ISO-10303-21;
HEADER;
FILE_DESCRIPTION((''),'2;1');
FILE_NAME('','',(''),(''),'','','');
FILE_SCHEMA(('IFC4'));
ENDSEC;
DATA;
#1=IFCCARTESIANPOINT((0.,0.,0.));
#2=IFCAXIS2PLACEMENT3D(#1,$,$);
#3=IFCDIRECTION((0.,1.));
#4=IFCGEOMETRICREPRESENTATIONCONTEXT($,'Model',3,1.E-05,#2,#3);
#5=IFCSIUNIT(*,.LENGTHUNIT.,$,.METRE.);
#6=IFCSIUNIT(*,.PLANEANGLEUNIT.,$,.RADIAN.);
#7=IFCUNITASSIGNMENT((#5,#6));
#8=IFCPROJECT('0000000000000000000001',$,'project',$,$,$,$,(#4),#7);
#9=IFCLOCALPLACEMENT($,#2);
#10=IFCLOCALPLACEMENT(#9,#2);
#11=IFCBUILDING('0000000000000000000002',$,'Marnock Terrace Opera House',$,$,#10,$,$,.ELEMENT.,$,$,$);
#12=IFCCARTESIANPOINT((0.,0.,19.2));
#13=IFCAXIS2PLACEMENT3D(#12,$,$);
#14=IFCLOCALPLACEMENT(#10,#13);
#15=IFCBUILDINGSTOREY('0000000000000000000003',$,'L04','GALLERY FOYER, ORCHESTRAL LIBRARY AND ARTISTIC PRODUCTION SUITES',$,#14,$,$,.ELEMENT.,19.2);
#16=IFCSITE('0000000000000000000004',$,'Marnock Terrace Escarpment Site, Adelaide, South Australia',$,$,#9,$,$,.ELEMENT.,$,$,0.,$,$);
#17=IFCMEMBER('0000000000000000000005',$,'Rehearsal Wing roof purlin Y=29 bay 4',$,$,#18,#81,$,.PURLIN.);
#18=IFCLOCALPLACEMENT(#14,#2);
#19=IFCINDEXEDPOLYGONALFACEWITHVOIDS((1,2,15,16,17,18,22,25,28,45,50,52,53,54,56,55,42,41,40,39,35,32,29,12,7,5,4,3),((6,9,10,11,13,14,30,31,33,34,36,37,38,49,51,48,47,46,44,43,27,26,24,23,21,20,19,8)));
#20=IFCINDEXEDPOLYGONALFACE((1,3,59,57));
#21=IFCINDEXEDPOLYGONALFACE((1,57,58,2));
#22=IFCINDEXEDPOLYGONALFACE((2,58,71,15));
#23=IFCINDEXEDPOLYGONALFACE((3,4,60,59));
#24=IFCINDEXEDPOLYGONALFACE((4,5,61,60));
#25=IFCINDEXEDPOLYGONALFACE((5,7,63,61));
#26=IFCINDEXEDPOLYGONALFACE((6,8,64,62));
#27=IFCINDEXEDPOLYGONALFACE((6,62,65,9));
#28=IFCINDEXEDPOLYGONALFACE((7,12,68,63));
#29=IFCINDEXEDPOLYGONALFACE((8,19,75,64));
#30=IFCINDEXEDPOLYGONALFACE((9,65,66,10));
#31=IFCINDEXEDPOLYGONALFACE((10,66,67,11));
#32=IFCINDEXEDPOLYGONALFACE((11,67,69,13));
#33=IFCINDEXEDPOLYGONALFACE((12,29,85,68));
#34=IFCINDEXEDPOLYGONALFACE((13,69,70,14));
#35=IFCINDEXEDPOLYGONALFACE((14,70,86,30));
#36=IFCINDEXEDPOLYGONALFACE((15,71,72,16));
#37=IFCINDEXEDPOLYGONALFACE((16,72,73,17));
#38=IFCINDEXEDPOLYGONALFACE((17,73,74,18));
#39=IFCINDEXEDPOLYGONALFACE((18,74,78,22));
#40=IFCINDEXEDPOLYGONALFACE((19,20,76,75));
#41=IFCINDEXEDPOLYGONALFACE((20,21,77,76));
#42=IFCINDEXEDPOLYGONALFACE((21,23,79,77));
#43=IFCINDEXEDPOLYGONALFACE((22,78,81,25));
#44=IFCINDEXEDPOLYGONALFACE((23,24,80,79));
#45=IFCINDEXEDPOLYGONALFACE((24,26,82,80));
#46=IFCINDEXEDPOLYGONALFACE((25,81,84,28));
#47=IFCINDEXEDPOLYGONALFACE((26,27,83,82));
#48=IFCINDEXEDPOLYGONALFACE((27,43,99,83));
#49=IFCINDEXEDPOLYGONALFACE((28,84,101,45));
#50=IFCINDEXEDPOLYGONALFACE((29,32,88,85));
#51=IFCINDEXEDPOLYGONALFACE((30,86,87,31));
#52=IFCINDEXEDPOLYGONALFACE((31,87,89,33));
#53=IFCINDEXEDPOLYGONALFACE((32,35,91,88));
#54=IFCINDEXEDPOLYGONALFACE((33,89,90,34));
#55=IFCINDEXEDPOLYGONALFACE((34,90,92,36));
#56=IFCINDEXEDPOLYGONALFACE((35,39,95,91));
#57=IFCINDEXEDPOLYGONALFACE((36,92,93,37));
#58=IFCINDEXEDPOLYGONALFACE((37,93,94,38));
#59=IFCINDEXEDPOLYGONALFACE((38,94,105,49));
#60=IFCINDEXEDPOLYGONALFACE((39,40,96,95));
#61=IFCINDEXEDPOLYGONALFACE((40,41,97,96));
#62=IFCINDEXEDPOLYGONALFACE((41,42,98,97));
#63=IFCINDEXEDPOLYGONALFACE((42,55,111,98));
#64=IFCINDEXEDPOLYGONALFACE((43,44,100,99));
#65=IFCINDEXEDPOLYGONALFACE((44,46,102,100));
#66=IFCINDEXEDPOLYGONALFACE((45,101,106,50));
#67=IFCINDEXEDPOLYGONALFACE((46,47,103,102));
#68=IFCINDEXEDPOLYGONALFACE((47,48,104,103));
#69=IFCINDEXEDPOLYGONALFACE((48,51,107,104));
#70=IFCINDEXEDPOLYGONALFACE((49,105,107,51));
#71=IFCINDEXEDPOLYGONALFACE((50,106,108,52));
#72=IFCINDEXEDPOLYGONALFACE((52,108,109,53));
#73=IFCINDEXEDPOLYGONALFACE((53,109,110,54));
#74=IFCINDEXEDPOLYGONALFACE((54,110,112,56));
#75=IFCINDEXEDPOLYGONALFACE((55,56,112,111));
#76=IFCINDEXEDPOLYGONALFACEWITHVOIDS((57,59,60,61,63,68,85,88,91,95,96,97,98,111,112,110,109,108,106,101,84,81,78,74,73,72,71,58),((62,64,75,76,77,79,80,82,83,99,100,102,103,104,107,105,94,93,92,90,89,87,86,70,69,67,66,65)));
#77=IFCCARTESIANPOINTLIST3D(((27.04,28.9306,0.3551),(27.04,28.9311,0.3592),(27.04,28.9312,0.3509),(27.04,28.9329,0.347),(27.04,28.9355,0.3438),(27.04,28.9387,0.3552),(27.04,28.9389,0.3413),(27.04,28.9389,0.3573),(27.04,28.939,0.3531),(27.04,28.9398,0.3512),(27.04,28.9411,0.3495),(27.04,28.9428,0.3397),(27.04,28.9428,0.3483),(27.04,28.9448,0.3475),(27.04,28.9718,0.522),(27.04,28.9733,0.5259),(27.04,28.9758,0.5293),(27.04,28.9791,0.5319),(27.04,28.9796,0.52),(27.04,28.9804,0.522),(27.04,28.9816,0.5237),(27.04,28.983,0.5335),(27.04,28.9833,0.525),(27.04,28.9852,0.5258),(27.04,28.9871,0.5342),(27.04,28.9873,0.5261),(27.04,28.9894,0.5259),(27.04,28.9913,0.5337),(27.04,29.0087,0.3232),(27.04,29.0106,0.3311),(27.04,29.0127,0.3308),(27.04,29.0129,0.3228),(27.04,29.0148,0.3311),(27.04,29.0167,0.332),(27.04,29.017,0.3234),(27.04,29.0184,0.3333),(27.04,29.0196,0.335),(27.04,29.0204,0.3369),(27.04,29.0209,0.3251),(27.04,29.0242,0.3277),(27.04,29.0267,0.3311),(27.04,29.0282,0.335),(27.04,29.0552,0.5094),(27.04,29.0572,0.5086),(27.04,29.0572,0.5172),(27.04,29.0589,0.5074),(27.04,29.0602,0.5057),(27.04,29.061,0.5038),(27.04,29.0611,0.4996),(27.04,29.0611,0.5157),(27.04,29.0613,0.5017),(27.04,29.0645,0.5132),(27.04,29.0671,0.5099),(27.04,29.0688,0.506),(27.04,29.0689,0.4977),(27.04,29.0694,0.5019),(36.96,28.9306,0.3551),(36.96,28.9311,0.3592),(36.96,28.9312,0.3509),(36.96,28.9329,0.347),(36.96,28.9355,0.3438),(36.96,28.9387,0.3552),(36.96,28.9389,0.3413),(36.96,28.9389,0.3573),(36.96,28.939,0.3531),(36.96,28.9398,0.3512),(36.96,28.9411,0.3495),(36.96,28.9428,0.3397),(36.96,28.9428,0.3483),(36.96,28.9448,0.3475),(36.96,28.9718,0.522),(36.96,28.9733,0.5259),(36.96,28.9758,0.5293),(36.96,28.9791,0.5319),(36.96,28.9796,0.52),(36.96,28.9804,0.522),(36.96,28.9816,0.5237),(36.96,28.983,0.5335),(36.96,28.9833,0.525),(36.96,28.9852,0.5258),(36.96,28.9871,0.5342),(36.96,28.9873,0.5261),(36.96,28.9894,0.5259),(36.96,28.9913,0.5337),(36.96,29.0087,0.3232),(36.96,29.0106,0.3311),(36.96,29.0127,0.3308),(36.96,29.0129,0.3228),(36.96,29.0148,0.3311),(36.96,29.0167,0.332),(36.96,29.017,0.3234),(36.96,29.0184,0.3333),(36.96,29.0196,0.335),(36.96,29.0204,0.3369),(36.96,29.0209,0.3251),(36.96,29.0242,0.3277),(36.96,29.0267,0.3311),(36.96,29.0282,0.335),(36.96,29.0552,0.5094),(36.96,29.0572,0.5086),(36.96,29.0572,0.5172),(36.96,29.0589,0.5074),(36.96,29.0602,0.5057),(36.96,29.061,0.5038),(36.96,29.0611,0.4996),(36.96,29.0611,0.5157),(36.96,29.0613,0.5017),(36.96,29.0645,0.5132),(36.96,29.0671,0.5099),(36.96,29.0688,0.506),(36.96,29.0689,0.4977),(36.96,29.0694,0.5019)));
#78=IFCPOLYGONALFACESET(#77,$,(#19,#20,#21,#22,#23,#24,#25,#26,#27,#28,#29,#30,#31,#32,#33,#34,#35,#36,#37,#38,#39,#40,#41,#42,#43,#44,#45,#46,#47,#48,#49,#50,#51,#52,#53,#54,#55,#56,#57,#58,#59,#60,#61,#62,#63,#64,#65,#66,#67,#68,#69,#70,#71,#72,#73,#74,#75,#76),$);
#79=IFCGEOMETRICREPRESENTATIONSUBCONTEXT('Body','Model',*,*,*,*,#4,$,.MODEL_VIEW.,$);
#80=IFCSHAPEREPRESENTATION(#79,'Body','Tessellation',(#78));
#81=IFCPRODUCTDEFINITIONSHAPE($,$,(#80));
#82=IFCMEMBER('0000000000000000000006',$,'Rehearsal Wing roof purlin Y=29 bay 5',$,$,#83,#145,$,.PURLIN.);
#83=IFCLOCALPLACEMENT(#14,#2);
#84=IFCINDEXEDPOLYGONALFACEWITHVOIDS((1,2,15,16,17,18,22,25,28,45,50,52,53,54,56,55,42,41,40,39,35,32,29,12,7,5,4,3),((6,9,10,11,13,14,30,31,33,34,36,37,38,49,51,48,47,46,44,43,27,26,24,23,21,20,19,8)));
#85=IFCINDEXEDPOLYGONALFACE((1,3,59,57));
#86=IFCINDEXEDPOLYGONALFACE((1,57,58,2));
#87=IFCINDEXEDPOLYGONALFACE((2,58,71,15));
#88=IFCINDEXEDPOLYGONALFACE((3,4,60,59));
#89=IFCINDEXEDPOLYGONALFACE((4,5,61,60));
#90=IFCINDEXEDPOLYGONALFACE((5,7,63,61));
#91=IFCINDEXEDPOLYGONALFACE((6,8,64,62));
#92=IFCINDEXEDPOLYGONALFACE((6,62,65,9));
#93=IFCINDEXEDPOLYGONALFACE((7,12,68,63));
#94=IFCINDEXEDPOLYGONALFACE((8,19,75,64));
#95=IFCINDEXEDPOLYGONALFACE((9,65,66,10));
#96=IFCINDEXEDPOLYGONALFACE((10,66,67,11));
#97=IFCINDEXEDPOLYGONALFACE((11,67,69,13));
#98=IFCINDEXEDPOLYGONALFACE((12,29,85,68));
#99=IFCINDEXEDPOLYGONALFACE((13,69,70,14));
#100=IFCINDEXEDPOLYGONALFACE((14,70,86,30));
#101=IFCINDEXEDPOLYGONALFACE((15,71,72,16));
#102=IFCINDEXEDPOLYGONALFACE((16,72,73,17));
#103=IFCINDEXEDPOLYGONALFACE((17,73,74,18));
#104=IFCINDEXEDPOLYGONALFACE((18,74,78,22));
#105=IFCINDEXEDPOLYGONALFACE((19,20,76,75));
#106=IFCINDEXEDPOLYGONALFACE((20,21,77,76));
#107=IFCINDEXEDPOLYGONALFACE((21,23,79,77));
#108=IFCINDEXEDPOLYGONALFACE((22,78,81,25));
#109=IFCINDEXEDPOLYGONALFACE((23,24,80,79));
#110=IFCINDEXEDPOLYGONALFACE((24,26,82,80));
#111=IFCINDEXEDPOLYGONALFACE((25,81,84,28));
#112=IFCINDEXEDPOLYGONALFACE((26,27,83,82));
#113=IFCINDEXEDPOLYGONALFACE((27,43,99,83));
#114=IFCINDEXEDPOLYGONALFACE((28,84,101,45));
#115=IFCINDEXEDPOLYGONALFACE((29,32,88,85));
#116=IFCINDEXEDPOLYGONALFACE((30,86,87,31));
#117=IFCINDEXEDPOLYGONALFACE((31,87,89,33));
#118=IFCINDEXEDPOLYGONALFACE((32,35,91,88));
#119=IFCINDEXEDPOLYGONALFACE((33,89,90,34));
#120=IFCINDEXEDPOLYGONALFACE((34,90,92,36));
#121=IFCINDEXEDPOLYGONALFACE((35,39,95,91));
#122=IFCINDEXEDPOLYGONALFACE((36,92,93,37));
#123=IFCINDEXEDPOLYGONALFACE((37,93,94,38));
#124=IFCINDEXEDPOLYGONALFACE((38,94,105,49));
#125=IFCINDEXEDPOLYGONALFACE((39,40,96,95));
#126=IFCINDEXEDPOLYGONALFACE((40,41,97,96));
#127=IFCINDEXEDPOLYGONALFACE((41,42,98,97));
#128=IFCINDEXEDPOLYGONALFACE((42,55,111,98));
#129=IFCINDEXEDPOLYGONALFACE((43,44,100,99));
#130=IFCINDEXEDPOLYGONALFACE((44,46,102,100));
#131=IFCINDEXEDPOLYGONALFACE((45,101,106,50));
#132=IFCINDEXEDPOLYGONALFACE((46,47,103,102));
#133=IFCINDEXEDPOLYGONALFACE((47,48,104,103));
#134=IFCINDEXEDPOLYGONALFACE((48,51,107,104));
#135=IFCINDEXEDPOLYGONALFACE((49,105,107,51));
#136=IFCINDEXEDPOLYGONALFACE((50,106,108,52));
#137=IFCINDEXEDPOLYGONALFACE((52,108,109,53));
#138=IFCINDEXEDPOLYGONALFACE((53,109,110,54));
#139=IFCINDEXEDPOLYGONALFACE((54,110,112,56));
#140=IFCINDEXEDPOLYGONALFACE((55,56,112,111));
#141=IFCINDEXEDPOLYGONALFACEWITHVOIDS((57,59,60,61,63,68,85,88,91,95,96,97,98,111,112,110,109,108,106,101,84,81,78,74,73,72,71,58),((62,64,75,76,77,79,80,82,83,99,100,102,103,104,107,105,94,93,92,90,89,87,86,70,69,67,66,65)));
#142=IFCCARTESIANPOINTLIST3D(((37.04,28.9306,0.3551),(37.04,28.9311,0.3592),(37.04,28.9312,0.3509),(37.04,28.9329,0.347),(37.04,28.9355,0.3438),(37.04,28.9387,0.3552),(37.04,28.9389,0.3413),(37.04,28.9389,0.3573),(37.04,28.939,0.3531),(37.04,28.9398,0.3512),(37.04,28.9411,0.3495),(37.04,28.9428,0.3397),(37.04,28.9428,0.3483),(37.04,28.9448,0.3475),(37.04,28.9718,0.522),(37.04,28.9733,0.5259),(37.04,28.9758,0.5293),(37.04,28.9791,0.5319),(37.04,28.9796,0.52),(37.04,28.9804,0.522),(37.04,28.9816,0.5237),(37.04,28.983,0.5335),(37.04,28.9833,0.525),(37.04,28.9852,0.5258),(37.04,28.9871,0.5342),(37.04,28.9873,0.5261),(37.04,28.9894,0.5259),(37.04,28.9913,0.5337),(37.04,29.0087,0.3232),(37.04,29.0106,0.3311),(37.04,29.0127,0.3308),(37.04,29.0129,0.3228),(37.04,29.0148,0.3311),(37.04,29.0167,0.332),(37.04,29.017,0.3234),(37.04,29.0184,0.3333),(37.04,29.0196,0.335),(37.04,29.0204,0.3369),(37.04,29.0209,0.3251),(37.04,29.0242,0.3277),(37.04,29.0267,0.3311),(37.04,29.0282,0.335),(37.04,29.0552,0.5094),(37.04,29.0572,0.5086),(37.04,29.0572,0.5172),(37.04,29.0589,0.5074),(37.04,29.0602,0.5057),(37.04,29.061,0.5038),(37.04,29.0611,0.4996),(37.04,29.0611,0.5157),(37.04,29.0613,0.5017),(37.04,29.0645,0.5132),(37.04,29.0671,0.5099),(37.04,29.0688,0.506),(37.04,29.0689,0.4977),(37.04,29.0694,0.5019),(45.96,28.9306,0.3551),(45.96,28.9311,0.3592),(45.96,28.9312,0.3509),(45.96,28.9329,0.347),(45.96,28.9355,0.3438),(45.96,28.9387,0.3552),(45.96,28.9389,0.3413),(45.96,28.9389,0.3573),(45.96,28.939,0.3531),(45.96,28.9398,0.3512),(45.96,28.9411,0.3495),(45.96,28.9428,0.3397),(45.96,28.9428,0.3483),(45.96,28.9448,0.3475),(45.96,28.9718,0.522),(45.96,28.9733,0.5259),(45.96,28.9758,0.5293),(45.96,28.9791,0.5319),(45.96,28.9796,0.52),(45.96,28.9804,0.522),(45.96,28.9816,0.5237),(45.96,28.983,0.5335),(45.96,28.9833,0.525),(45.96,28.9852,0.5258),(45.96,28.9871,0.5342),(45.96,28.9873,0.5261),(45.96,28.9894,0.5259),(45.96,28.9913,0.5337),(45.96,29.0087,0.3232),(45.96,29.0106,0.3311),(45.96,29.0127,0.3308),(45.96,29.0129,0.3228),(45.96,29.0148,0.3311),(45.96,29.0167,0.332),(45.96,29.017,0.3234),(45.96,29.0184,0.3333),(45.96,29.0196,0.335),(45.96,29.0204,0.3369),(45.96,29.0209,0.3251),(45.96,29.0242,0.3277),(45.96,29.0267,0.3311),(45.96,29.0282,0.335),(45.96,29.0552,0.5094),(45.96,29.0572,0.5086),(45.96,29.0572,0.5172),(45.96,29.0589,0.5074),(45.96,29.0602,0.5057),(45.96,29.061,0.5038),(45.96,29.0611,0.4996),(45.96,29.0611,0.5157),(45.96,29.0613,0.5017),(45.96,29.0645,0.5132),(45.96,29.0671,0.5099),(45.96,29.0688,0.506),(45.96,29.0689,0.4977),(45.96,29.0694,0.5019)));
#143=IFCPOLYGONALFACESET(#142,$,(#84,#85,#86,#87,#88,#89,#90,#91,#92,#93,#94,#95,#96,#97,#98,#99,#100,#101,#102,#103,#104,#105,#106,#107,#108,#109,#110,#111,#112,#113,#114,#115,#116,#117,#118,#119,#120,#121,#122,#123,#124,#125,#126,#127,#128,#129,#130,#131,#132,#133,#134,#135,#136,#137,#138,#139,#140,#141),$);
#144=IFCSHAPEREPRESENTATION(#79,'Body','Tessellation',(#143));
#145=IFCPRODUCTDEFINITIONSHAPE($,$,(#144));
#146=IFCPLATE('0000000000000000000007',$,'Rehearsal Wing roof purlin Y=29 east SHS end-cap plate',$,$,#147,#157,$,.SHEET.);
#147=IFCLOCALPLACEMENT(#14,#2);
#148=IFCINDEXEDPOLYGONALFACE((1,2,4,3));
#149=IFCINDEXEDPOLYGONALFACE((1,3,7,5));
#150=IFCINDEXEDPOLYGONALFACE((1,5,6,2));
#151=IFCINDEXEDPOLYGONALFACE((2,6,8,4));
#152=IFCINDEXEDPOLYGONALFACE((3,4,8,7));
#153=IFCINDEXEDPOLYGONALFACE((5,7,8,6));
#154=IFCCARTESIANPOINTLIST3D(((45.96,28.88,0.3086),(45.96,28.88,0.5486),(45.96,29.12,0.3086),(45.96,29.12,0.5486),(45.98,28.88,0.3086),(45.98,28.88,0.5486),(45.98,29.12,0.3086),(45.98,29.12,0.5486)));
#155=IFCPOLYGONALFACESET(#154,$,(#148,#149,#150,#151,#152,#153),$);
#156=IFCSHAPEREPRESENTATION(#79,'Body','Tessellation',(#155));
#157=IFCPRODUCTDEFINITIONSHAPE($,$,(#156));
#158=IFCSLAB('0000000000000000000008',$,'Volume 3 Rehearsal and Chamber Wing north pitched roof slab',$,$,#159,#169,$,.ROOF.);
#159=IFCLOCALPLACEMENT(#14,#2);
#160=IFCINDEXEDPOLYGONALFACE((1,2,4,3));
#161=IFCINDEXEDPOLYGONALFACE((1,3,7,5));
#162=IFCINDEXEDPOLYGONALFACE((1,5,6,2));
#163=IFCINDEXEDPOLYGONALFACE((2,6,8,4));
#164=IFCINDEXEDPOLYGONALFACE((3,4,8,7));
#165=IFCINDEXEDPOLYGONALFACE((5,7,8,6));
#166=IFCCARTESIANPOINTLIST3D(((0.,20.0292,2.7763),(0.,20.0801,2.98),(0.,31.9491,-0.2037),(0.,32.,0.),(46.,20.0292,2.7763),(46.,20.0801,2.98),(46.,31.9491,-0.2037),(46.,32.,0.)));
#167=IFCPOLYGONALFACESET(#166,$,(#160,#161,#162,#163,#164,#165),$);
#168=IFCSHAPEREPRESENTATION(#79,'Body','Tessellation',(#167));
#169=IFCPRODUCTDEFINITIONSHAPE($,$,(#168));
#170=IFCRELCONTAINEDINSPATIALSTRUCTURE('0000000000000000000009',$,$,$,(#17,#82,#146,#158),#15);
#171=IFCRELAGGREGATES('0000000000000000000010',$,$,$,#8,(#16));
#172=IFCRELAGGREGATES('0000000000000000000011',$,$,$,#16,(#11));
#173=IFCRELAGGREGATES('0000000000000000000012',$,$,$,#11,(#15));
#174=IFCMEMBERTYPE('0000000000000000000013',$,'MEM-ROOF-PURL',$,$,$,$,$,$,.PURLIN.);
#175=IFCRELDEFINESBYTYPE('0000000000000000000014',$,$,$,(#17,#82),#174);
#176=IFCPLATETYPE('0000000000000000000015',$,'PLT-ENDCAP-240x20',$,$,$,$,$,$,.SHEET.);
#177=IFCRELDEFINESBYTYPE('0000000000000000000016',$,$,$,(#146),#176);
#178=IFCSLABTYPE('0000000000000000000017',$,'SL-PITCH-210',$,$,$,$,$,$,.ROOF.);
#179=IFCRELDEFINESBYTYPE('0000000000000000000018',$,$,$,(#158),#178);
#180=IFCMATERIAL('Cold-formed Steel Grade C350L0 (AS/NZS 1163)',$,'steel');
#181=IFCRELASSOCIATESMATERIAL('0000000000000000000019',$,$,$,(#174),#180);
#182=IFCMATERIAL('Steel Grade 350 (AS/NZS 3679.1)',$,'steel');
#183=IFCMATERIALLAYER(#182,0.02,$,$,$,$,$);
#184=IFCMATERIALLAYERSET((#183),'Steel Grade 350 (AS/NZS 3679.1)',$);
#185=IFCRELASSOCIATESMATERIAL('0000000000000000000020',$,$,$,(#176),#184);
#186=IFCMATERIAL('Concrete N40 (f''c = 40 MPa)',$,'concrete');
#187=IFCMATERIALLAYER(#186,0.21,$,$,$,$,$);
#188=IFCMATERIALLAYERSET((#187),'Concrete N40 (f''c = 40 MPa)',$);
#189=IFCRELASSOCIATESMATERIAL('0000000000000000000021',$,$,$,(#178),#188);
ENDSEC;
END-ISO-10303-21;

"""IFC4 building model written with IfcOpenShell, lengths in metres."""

from ifc_helpers import new_model, si_unit, direction, frame, origin, origin_2d, place, context, subcontext, project, spatial, polyline, rectangle, hollow_rectangle, outline, extrude, material, layer, layer_set, material_profile, profile_set, type_object, element, save


model = new_model("IFC4")

# Units and contexts
model_context = context("Model", 3, precision=1e-05, world=origin(), true_north=direction((0.0, 1.0)))
body_context = subcontext(model_context, "Body", "Model", "MODEL_VIEW")
ifc_project = project(units=[si_unit("LENGTHUNIT", "METRE"), si_unit("PLANEANGLEUNIT", "RADIAN")], contexts=[model_context])

# Site, building, storey
site_placement = place(None, origin())
site = spatial("IfcSite", under=ifc_project, at=site_placement, Name="Marnock Terrace Escarpment Site, Adelaide, South Australia", CompositionType="ELEMENT", RefElevation=0.0)
building_placement = place(site_placement, origin())
building = spatial("IfcBuilding", under=site, at=building_placement, Name="Marnock Terrace Opera House", CompositionType="ELEMENT")
storey_placement = place(building_placement, frame((0.0, 0.0, 19.2)))
storey = spatial("IfcBuildingStorey", under=building, at=storey_placement, Name="L04", Description="GALLERY FOYER, ORCHESTRAL LIBRARY AND ARTISTIC PRODUCTION SUITES", CompositionType="ELEMENT", Elevation=19.2)

# Shared definitions
ifc_material_1 = material(Name="Steel Grade 350 (AS/NZS 3679.1)", Category="steel")

# Members
ifc_material_2 = material(Name="Cold-formed Steel Grade C350L0 (AS/NZS 1163)", Category="steel")
ifc_material_profile_1 = material_profile(ifc_material_2, hollow_rectangle(XDim=0.1001, YDim=0.2, WallThickness=0.0081, InnerFilletRadius=0.0081, OuterFilletRadius=0.0161, at=origin_2d()))
ifc_profile_set_1 = profile_set([ifc_material_profile_1], Name="Cold-formed Steel Grade C350L0 (AS/NZS 1163)")
member_type = type_object("IfcMemberType", Name="MEM-ROOF-PURL", PredefinedType="PURLIN", material=ifc_profile_set_1)
member_1_placement = place(storey_placement, frame((27.04, 29.0, 0.4285), z_axis=(1.0, 0.0, 0.0), x_axis=(0.0, 0.970143, -0.242535)))
element("IfcMember", 1, at=member_1_placement, inside=storey, type_object=member_type, Name="Rehearsal Wing roof purlin Y=29 bay 4", PredefinedType="PURLIN", context=body_context, shape_type="SweptSolid", body=[
    extrude(hollow_rectangle(XDim=0.1001, YDim=0.2, WallThickness=0.0081, InnerFilletRadius=0.0081, OuterFilletRadius=0.0161, at=origin_2d()), origin(), (0.0, 0.0, 1.0), 9.9199),
])
member_2_placement = place(storey_placement, frame((37.04, 29.0, 0.4285), z_axis=(1.0, 0.0, 0.0), x_axis=(0.0, 0.970143, -0.242535)))
element("IfcMember", 2, at=member_2_placement, inside=storey, type_object=member_type, Name="Rehearsal Wing roof purlin Y=29 bay 5", PredefinedType="PURLIN", context=body_context, shape_type="SweptSolid", body=[
    extrude(hollow_rectangle(XDim=0.1001, YDim=0.2, WallThickness=0.0081, InnerFilletRadius=0.0081, OuterFilletRadius=0.0161, at=origin_2d()), origin(), (0.0, 0.0, 1.0), 8.9199),
])

# Plate
ifc_layer_1 = layer(ifc_material_1, 0.02)
ifc_layer_set_1 = layer_set([ifc_layer_1], Name="Steel Grade 350 (AS/NZS 3679.1)")
plate_type = type_object("IfcPlateType", Name="PLT-ENDCAP-240x20", PredefinedType="SHEET", material=ifc_layer_set_1)
plate_placement = place(storey_placement, frame((45.97, 29.0, 0.3086), z_axis=(0.0, 0.0, 1.0), x_axis=(1.0, 0.0, 0.0)))
element("IfcPlate", 3, at=plate_placement, inside=storey, type_object=plate_type, Name="Rehearsal Wing roof purlin Y=29 east SHS end-cap plate", PredefinedType="SHEET", context=body_context, shape_type="SweptSolid", body=[
    extrude(rectangle(XDim=0.02, YDim=0.24, at=origin_2d()), origin(), (0.0, 0.0, 1.0), 0.24),
])

# Slab
ifc_material_3 = material(Name="Concrete N40 (f'c = 40 MPa)", Category="concrete")
ifc_layer_2 = layer(ifc_material_3, 0.21)
ifc_layer_set_2 = layer_set([ifc_layer_2], Name="Concrete N40 (f'c = 40 MPa)")
slab_type = type_object("IfcSlabType", Name="SL-PITCH-210", PredefinedType="ROOF", material=ifc_layer_set_2)
slab_placement = place(storey_placement, frame((46.0, 32.0, 0.0), z_axis=(0.0, 0.242536, 0.970143), x_axis=(-1.0, 0.0, 0.0)))
element("IfcSlab", 4, at=slab_placement, inside=storey, type_object=slab_type, Name="Volume 3 Rehearsal and Chamber Wing north pitched roof slab", PredefinedType="ROOF", context=body_context, shape_type="SweptSolid", body=[
    extrude(outline(polyline([(0.0, 0.0), (46.0, 0.0), (46.0, 12.2868), (0.0, 12.2868), (0.0, 0.0)])), origin(), (0.0, 0.0, -1.0), 0.21),
])

save(model, "model.ifc")
